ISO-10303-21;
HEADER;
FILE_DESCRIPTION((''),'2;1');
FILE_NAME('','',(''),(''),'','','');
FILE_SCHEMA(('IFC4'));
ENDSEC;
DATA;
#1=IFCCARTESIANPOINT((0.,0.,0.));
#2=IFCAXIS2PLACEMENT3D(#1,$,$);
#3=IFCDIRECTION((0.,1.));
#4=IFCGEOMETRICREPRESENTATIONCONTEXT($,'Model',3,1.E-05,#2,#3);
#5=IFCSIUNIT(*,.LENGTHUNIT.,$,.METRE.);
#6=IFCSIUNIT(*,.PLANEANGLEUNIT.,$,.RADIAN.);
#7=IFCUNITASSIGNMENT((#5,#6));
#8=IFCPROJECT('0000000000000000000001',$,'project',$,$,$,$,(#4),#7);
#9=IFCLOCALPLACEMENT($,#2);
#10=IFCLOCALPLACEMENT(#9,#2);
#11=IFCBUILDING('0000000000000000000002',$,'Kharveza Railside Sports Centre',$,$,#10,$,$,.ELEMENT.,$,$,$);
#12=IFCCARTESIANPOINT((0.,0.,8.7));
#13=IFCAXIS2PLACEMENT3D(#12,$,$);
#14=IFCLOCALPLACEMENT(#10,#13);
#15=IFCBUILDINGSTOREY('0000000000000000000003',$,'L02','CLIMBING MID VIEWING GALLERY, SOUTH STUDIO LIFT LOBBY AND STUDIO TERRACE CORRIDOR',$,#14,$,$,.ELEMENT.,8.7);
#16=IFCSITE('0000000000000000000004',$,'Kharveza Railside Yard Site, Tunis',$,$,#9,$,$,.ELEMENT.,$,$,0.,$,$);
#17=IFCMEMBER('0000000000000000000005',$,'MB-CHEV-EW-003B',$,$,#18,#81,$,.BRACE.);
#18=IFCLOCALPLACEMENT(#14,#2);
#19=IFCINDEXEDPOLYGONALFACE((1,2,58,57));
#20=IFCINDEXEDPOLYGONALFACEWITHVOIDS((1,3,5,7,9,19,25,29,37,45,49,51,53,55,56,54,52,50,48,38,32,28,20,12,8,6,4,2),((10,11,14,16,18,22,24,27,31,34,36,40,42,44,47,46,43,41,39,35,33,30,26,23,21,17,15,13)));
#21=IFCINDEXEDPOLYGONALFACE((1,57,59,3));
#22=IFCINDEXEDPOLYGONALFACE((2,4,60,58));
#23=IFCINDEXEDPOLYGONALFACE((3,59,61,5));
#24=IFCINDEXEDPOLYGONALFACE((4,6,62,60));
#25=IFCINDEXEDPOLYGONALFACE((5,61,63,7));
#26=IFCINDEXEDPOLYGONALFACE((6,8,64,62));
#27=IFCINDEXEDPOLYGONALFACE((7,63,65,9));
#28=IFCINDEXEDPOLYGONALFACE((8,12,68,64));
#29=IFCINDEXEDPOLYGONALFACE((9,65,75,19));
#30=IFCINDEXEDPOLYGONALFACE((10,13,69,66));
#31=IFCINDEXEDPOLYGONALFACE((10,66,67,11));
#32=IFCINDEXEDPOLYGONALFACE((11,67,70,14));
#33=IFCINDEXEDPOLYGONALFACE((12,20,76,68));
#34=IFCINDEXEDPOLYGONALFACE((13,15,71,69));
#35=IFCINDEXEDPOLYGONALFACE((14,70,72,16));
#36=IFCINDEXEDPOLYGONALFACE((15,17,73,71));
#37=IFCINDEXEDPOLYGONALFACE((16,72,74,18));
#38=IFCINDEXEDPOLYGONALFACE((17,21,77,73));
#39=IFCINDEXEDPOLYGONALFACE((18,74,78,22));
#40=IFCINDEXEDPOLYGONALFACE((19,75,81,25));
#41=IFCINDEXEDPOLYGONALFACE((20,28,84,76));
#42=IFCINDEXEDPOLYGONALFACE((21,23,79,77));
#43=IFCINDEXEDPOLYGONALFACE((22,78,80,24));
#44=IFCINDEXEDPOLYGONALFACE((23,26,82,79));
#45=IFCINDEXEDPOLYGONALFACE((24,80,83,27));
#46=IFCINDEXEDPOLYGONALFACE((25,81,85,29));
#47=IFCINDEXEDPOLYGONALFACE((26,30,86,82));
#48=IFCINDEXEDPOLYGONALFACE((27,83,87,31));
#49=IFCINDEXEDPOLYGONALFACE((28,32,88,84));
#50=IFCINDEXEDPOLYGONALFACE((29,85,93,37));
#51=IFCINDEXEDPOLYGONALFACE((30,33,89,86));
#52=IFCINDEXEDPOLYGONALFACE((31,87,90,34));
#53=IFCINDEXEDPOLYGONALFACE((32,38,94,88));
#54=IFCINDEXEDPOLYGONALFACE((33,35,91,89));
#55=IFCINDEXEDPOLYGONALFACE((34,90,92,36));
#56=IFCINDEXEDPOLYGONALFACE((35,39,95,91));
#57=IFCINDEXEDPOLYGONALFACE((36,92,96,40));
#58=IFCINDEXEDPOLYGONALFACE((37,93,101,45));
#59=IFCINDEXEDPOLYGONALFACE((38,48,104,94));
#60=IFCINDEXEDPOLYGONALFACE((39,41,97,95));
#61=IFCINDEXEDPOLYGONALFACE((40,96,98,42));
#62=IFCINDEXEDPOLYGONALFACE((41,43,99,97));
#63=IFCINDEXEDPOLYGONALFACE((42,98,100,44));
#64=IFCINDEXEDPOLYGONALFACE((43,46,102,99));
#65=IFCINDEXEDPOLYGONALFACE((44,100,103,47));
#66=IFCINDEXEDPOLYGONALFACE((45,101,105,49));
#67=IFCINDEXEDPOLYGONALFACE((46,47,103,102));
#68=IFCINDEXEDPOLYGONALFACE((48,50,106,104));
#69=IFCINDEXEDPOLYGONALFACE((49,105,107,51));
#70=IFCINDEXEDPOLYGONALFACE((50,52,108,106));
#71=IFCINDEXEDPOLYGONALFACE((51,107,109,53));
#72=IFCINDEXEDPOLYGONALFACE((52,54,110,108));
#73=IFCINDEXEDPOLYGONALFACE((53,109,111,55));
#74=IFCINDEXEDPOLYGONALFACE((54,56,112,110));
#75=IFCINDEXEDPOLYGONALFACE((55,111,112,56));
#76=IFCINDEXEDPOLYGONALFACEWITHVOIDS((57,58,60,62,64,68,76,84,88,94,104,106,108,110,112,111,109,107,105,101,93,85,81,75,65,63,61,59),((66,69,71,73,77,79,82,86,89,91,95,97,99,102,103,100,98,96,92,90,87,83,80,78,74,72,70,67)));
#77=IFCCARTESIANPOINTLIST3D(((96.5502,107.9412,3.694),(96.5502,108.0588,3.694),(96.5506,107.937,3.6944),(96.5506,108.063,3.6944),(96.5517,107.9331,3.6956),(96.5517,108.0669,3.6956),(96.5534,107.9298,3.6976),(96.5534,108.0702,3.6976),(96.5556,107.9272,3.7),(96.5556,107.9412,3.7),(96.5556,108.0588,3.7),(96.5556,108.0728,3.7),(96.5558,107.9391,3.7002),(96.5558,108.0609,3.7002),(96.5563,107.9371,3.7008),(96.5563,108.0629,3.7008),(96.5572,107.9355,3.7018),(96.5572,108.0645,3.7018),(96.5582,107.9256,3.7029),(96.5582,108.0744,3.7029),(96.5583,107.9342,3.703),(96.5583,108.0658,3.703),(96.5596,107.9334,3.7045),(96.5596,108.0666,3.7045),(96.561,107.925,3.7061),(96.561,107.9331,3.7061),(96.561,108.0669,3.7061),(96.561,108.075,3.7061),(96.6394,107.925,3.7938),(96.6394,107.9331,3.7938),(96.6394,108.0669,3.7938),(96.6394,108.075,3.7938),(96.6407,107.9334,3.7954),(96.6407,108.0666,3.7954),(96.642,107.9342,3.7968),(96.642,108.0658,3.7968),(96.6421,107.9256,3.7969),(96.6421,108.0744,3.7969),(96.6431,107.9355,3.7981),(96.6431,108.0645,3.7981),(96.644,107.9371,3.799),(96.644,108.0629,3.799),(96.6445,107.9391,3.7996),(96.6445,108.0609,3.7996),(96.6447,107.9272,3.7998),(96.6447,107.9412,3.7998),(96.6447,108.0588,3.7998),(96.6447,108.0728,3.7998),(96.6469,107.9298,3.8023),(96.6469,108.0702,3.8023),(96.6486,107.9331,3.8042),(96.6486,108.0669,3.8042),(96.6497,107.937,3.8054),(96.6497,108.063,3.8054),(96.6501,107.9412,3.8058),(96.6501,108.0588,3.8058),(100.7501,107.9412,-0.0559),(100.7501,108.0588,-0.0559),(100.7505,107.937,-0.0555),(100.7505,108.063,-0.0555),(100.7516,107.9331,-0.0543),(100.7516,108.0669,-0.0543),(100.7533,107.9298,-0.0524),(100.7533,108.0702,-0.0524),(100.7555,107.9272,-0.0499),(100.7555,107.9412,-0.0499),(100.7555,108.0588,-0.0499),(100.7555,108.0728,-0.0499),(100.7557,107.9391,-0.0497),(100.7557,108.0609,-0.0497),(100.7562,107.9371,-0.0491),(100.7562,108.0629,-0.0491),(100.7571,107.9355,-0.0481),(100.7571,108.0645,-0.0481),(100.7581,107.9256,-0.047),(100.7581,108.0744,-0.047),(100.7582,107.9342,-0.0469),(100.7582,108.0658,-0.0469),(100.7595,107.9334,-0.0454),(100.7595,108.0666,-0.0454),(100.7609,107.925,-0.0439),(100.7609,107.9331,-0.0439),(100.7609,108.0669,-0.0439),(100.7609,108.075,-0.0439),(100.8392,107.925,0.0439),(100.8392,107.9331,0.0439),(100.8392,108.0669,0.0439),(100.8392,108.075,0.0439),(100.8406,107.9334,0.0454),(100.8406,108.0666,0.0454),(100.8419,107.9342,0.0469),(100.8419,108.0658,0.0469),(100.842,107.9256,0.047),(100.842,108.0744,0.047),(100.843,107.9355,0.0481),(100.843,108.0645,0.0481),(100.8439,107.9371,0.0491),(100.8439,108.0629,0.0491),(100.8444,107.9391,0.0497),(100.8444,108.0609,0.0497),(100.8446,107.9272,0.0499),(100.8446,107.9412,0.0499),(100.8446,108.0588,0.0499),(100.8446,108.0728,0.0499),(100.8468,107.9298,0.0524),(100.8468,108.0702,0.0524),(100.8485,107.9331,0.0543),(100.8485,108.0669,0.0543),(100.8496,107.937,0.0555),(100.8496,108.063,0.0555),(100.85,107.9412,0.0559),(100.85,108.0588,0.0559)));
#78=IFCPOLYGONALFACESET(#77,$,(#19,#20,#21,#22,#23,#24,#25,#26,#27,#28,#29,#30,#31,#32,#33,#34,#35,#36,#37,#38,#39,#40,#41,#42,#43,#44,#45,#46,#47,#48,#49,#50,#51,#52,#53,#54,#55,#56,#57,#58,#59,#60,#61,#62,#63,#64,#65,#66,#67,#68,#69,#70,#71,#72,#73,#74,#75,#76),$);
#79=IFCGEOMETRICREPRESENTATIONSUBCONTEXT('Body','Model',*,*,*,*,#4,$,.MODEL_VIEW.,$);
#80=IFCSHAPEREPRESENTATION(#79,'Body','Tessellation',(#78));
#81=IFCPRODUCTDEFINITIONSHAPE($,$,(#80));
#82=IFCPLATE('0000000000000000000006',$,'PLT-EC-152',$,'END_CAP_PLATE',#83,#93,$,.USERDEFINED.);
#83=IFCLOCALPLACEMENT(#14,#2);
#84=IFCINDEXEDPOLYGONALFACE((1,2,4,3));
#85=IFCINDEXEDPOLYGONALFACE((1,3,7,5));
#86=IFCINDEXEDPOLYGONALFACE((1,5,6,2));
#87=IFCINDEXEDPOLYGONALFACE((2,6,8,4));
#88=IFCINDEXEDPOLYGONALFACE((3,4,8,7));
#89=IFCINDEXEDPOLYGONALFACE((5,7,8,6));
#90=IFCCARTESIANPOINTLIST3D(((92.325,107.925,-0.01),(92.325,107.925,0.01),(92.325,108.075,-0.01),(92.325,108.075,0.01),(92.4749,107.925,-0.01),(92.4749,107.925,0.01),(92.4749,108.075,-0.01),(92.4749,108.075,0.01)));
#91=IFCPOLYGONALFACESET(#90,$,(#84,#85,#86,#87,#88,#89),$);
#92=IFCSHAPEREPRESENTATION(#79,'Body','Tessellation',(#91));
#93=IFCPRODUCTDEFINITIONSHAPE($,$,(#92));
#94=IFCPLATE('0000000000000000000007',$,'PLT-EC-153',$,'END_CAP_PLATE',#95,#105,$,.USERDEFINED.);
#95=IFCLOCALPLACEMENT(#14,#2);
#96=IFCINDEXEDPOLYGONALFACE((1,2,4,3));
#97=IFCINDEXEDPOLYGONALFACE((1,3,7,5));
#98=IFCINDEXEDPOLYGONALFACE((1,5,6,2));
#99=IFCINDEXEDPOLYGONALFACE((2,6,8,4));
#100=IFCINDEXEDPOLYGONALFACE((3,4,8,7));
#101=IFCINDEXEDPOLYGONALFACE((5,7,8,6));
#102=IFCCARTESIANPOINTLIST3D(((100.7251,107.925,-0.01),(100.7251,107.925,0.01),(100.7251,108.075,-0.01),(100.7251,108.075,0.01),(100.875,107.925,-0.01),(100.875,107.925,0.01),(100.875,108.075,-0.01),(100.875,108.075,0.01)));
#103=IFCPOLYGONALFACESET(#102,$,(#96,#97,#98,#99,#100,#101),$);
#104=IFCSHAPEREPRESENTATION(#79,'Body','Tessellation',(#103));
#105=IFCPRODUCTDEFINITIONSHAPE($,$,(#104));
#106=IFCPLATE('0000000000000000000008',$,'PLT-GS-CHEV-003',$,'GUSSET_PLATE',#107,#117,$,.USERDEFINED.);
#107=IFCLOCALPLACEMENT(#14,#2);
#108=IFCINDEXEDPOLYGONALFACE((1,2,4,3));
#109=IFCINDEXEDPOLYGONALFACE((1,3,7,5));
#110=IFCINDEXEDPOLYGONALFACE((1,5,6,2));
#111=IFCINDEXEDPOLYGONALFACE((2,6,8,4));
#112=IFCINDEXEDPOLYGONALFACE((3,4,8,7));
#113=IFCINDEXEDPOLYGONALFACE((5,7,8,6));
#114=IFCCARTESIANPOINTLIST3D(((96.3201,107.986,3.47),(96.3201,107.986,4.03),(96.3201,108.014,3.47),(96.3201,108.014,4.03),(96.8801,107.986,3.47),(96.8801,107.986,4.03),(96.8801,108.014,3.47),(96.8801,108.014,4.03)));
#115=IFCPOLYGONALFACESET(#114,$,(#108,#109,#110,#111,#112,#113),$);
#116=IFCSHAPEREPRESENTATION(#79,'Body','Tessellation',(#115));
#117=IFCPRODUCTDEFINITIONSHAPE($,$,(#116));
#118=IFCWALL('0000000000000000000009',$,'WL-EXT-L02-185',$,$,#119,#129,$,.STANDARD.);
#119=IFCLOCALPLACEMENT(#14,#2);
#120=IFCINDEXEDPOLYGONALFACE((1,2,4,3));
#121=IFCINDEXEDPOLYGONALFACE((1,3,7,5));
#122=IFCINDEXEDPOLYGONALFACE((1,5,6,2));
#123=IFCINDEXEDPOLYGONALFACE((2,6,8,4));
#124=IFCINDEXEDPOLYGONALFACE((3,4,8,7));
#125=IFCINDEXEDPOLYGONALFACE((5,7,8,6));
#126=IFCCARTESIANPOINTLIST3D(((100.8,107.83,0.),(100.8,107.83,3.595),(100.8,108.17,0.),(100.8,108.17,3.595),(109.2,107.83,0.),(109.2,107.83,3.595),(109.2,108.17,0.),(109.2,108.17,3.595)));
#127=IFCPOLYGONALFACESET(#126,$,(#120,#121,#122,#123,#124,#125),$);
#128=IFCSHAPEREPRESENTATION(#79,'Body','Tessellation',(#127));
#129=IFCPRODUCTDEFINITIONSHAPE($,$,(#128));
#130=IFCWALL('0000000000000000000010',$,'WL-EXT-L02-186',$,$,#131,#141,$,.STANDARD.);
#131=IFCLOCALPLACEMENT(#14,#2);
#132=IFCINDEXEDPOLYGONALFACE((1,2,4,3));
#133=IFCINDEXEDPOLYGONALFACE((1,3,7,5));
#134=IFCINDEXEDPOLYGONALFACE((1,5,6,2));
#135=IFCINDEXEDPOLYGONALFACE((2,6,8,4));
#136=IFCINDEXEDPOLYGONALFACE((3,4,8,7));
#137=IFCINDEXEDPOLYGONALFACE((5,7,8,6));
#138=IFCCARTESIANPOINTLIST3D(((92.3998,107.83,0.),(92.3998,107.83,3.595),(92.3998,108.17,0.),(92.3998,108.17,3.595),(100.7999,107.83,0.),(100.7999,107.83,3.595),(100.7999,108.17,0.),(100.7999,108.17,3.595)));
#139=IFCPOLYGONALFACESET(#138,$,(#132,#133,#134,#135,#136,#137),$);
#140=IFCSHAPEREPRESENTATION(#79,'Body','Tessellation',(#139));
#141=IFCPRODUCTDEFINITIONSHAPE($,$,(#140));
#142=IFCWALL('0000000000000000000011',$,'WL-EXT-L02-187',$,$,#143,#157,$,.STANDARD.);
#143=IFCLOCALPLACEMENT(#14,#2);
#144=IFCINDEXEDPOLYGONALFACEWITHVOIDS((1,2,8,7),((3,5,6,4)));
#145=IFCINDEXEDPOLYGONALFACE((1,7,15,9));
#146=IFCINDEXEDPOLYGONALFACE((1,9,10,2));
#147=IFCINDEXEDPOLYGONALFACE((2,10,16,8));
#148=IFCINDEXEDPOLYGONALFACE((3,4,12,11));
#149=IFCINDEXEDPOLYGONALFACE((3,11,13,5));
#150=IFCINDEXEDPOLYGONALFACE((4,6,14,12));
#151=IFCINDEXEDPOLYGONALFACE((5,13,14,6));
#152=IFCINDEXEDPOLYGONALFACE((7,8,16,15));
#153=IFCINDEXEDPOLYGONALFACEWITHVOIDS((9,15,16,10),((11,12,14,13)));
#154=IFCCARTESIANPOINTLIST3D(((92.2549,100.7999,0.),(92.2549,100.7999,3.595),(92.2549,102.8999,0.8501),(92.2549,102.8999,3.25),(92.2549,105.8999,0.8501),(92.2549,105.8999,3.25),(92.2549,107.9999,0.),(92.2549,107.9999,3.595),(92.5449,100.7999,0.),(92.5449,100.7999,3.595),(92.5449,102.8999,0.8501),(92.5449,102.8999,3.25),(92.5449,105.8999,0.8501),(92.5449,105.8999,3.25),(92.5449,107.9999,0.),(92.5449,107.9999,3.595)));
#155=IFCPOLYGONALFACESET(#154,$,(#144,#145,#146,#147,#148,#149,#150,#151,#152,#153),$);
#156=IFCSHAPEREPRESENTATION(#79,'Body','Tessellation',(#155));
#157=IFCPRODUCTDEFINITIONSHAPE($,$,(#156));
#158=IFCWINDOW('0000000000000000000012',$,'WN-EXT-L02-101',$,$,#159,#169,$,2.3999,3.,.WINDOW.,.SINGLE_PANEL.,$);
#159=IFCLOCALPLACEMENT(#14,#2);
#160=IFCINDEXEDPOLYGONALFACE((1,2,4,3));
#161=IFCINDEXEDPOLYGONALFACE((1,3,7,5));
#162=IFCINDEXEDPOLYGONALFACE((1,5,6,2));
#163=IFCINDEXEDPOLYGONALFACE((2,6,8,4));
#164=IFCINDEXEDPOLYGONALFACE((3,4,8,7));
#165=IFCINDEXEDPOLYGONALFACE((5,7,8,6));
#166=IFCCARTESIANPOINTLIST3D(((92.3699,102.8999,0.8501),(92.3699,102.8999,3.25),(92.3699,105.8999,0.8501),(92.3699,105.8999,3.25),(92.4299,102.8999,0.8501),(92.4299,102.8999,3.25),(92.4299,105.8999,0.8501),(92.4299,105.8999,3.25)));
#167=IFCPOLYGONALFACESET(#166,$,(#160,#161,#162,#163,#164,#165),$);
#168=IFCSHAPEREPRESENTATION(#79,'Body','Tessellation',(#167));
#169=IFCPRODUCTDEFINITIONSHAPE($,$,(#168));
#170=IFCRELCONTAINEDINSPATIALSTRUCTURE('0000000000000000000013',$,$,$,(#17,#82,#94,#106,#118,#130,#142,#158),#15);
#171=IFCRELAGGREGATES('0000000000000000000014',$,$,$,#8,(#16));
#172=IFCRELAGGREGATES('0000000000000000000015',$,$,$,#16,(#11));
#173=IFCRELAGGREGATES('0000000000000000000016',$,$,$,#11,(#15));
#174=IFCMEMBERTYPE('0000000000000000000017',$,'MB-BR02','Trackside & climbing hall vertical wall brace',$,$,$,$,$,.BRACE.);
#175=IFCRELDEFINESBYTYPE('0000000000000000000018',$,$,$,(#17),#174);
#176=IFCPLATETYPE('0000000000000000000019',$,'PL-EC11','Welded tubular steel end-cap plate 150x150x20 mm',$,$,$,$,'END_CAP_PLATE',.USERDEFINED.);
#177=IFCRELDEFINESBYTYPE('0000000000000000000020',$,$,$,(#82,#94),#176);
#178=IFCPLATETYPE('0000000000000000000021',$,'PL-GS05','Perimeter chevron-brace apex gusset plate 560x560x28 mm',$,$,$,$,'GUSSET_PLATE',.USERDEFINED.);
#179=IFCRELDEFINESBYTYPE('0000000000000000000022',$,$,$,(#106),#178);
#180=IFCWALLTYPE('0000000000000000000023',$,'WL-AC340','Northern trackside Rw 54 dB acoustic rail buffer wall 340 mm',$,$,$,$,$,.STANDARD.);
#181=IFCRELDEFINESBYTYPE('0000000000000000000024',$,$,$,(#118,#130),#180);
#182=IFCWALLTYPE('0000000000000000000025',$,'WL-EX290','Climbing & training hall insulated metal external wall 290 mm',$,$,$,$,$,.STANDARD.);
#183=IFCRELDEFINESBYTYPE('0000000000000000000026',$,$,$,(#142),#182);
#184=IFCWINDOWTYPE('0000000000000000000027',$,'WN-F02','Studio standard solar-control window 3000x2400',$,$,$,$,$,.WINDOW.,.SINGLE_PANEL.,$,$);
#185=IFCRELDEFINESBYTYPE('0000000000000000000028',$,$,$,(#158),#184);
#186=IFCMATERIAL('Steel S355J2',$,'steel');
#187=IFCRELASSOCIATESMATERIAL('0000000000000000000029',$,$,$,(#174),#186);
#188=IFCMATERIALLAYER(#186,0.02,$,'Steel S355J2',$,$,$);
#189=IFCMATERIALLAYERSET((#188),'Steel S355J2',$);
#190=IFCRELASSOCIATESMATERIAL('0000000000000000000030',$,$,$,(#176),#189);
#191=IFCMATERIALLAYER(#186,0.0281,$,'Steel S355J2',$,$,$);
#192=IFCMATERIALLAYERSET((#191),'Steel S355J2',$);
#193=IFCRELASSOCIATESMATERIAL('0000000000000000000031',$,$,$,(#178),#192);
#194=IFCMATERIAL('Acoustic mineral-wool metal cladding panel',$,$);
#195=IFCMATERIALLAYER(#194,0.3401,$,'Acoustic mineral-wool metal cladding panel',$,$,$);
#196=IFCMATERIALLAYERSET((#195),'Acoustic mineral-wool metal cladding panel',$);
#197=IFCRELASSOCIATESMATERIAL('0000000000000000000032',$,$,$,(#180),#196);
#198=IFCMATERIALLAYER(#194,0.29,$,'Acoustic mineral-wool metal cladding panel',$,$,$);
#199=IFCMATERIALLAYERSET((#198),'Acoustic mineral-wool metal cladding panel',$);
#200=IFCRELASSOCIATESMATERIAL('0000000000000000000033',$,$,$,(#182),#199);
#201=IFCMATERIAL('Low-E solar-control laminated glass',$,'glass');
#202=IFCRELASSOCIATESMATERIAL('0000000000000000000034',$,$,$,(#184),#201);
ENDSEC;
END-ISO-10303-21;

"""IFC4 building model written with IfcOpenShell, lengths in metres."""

from ifc_helpers import new_model, si_unit, direction, frame, frame_2d, origin, origin_2d, place, context, subcontext, project, spatial, rectangle, hollow_rectangle, extrude, material, layer, layer_set, material_profile, profile_set, type_object, element, fill, save


model = new_model("IFC4")

# Units and contexts
model_context = context("Model", 3, precision=1e-05, world=origin(), true_north=direction((0.0, 1.0)))
body_context = subcontext(model_context, "Body", "Model", "MODEL_VIEW")
ifc_project = project(units=[si_unit("LENGTHUNIT", "METRE"), si_unit("PLANEANGLEUNIT", "RADIAN")], contexts=[model_context])

# Site, building, storey
site_placement = place(None, origin())
site = spatial("IfcSite", under=ifc_project, at=site_placement, Name="Kharveza Railside Yard Site, Tunis", CompositionType="ELEMENT", RefElevation=0.0)
building_placement = place(site_placement, origin())
building = spatial("IfcBuilding", under=site, at=building_placement, Name="Kharveza Railside Sports Centre", CompositionType="ELEMENT")
storey_placement = place(building_placement, frame((0.0, 0.0, 8.7)))
storey = spatial("IfcBuildingStorey", under=building, at=storey_placement, Name="L02", Description="CLIMBING MID VIEWING GALLERY, SOUTH STUDIO LIFT LOBBY AND STUDIO TERRACE CORRIDOR", CompositionType="ELEMENT", Elevation=8.7)

# Shared definitions
ifc_material_1 = material(Name="Steel S355J2", Category="steel")

# Member
ifc_material_profile_1 = material_profile(ifc_material_1, hollow_rectangle(XDim=0.1499, YDim=0.1499, WallThickness=0.0081, InnerFilletRadius=0.0081, OuterFilletRadius=0.0161, at=origin_2d()), Name="SHS 150x150x8.0")
ifc_profile_set_1 = profile_set([ifc_material_profile_1], Name="Steel S355J2")
member_type = type_object("IfcMemberType", Name="MB-BR02", Description="Trackside & climbing hall vertical wall brace", PredefinedType="BRACE", material=ifc_profile_set_1)
member_1_placement = place(storey_placement, frame((100.8, 108.0, 0.0), z_axis=(-0.745934, 0.0, 0.66602), x_axis=(0.0, -1.0, 0.0)))
element("IfcMember", 1, at=member_1_placement, inside=storey, type_object=member_type, Name="MB-CHEV-EW-003B", PredefinedType="BRACE", context=body_context, shape_type="SweptSolid", body=[
    extrude(hollow_rectangle(XDim=0.1499, YDim=0.1499, WallThickness=0.0081, InnerFilletRadius=0.0081, OuterFilletRadius=0.0161, at=origin_2d()), origin(), (0.0, 0.0, 1.0), 5.6304),
])

# Plates
ifc_layer_1 = layer(ifc_material_1, 0.02, Name="Steel S355J2")
ifc_layer_set_1 = layer_set([ifc_layer_1], Name="Steel S355J2")
plate_type_1 = type_object("IfcPlateType", Name="PL-EC11", Description="Welded tubular steel end-cap plate 150x150x20 mm", ElementType="END_CAP_PLATE", PredefinedType="USERDEFINED", material=ifc_layer_set_1)
for number, where, z_axis, x_axis, name in (
    (2, (92.3999, 108.0, -0.01), (0.0, 0.0, 1.0), (1.0, 0.0, 0.0), "PLT-EC-152"),
    (3, (100.8, 108.0, -0.01), (0.0, 0.0, 1.0), (1.0, 0.0, 0.0), "PLT-EC-153"),
):
    element("IfcPlate", number, at=place(storey_placement, frame(where, z_axis=z_axis, x_axis=x_axis)), inside=storey, type_object=plate_type_1, Name=name, ObjectType="END_CAP_PLATE", PredefinedType="USERDEFINED", context=body_context, shape_type="SweptSolid", body=[
        extrude(rectangle(XDim=0.1499, YDim=0.1499, at=origin_2d()), origin(), (0.0, 0.0, 1.0), 0.02),
    ])
ifc_layer_2 = layer(ifc_material_1, 0.0281, Name="Steel S355J2")
ifc_layer_set_2 = layer_set([ifc_layer_2], Name="Steel S355J2")
plate_type_2 = type_object("IfcPlateType", Name="PL-GS05", Description="Perimeter chevron-brace apex gusset plate 560x560x28 mm", ElementType="GUSSET_PLATE", PredefinedType="USERDEFINED", material=ifc_layer_set_2)
plate_placement = place(storey_placement, frame((96.6001, 108.0, 3.47), z_axis=(0.0, 0.0, 1.0), x_axis=(1.0, 0.0, 0.0)))
element("IfcPlate", 4, at=plate_placement, inside=storey, type_object=plate_type_2, Name="PLT-GS-CHEV-003", ObjectType="GUSSET_PLATE", PredefinedType="USERDEFINED", context=body_context, shape_type="SweptSolid", body=[
    extrude(rectangle(XDim=0.5601, YDim=0.0281, at=origin_2d()), origin(), (0.0, 0.0, 1.0), 0.5601),
])

# Walls
ifc_material_2 = material(Name="Acoustic mineral-wool metal cladding panel")
ifc_layer_3 = layer(ifc_material_2, 0.3401, Name="Acoustic mineral-wool metal cladding panel")
ifc_layer_set_3 = layer_set([ifc_layer_3], Name="Acoustic mineral-wool metal cladding panel")
wall_type_1 = type_object("IfcWallType", Name="WL-AC340", Description="Northern trackside Rw 54 dB acoustic rail buffer wall 340 mm", PredefinedType="STANDARD", material=ifc_layer_set_3)
wall_1_placement = place(storey_placement, frame((109.2, 108.0, 0.0), z_axis=(0.0, 0.0, 1.0), x_axis=(-1.0, 0.0, 0.0)))
element("IfcWall", 5, at=wall_1_placement, inside=storey, type_object=wall_type_1, Name="WL-EXT-L02-185", PredefinedType="STANDARD", context=body_context, shape_type="SweptSolid", body=[
    extrude(rectangle(XDim=8.3999, YDim=0.3401, at=frame_2d((4.2, 0.0))), origin(), (0.0, 0.0, 1.0), 3.595),
])
wall_2_placement = place(storey_placement, frame((100.8, 108.0, 0.0), z_axis=(0.0, 0.0, 1.0), x_axis=(-1.0, 0.0, 0.0)))
element("IfcWall", 6, at=wall_2_placement, inside=storey, type_object=wall_type_1, Name="WL-EXT-L02-186", PredefinedType="STANDARD", context=body_context, shape_type="SweptSolid", body=[
    extrude(rectangle(XDim=8.4001, YDim=0.3401, at=frame_2d((4.2002, 0.0))), origin(), (0.0, 0.0, 1.0), 3.595),
])

# Wall, opening, window
ifc_layer_4 = layer(ifc_material_2, 0.29, Name="Acoustic mineral-wool metal cladding panel")
ifc_layer_set_4 = layer_set([ifc_layer_4], Name="Acoustic mineral-wool metal cladding panel")
wall_type_2 = type_object("IfcWallType", Name="WL-EX290", Description="Climbing & training hall insulated metal external wall 290 mm", PredefinedType="STANDARD", material=ifc_layer_set_4)
wall_3_placement = place(storey_placement, frame((92.3999, 108.0, 0.0), z_axis=(0.0, 0.0, 1.0), x_axis=(0.0, -1.0, 0.0)))
wall_3 = element("IfcWall", 7, at=wall_3_placement, inside=storey, type_object=wall_type_2, Name="WL-EXT-L02-187", PredefinedType="STANDARD", context=body_context, shape_type="SweptSolid", body=[
    extrude(rectangle(XDim=7.2, YDim=0.29, at=frame_2d((3.6001, 0.0))), origin(), (0.0, 0.0, 1.0), 3.595),
])
opening_1_placement = place(wall_3_placement, frame((2.1001, 0.0, 0.8501)))
opening_1 = element("IfcOpeningElement", 8, at=opening_1_placement, cuts=wall_3, PredefinedType="OPENING", context=body_context, shape_type="SweptSolid", body=[
    extrude(rectangle(XDim=3.0, YDim=2.3999, at=frame_2d((1.5, 1.2))), frame((0.0, 0.1699, 0.0), z_axis=(0.0, -1.0, 0.0), x_axis=(1.0, 0.0, 0.0)), (0.0, 0.0, 1.0), 0.3398),
])
ifc_material_3 = material(Name="Low-E solar-control laminated glass", Category="glass")
window_type_1 = type_object("IfcWindowType", Name="WN-F02", Description="Studio standard solar-control window 3000x2400", PartitioningType="SINGLE_PANEL", PredefinedType="WINDOW", material=ifc_material_3)
window_1_placement = place(opening_1_placement, origin())
window_1 = element("IfcWindow", 9, at=window_1_placement, inside=storey, type_object=window_type_1, Name="WN-EXT-L02-101", OverallHeight=2.3999, OverallWidth=3.0, PartitioningType="SINGLE_PANEL", PredefinedType="WINDOW", context=body_context, shape_type="SweptSolid", body=[
    extrude(rectangle(XDim=3.0, YDim=2.3999, at=frame_2d((1.5, 1.2))), frame((0.0, 0.03, 0.0), z_axis=(0.0, -1.0, 0.0), x_axis=(1.0, 0.0, 0.0)), (0.0, 0.0, 1.0), 0.0601),
])
fill(opening_1, window_1)

save(model, "model.ifc")
